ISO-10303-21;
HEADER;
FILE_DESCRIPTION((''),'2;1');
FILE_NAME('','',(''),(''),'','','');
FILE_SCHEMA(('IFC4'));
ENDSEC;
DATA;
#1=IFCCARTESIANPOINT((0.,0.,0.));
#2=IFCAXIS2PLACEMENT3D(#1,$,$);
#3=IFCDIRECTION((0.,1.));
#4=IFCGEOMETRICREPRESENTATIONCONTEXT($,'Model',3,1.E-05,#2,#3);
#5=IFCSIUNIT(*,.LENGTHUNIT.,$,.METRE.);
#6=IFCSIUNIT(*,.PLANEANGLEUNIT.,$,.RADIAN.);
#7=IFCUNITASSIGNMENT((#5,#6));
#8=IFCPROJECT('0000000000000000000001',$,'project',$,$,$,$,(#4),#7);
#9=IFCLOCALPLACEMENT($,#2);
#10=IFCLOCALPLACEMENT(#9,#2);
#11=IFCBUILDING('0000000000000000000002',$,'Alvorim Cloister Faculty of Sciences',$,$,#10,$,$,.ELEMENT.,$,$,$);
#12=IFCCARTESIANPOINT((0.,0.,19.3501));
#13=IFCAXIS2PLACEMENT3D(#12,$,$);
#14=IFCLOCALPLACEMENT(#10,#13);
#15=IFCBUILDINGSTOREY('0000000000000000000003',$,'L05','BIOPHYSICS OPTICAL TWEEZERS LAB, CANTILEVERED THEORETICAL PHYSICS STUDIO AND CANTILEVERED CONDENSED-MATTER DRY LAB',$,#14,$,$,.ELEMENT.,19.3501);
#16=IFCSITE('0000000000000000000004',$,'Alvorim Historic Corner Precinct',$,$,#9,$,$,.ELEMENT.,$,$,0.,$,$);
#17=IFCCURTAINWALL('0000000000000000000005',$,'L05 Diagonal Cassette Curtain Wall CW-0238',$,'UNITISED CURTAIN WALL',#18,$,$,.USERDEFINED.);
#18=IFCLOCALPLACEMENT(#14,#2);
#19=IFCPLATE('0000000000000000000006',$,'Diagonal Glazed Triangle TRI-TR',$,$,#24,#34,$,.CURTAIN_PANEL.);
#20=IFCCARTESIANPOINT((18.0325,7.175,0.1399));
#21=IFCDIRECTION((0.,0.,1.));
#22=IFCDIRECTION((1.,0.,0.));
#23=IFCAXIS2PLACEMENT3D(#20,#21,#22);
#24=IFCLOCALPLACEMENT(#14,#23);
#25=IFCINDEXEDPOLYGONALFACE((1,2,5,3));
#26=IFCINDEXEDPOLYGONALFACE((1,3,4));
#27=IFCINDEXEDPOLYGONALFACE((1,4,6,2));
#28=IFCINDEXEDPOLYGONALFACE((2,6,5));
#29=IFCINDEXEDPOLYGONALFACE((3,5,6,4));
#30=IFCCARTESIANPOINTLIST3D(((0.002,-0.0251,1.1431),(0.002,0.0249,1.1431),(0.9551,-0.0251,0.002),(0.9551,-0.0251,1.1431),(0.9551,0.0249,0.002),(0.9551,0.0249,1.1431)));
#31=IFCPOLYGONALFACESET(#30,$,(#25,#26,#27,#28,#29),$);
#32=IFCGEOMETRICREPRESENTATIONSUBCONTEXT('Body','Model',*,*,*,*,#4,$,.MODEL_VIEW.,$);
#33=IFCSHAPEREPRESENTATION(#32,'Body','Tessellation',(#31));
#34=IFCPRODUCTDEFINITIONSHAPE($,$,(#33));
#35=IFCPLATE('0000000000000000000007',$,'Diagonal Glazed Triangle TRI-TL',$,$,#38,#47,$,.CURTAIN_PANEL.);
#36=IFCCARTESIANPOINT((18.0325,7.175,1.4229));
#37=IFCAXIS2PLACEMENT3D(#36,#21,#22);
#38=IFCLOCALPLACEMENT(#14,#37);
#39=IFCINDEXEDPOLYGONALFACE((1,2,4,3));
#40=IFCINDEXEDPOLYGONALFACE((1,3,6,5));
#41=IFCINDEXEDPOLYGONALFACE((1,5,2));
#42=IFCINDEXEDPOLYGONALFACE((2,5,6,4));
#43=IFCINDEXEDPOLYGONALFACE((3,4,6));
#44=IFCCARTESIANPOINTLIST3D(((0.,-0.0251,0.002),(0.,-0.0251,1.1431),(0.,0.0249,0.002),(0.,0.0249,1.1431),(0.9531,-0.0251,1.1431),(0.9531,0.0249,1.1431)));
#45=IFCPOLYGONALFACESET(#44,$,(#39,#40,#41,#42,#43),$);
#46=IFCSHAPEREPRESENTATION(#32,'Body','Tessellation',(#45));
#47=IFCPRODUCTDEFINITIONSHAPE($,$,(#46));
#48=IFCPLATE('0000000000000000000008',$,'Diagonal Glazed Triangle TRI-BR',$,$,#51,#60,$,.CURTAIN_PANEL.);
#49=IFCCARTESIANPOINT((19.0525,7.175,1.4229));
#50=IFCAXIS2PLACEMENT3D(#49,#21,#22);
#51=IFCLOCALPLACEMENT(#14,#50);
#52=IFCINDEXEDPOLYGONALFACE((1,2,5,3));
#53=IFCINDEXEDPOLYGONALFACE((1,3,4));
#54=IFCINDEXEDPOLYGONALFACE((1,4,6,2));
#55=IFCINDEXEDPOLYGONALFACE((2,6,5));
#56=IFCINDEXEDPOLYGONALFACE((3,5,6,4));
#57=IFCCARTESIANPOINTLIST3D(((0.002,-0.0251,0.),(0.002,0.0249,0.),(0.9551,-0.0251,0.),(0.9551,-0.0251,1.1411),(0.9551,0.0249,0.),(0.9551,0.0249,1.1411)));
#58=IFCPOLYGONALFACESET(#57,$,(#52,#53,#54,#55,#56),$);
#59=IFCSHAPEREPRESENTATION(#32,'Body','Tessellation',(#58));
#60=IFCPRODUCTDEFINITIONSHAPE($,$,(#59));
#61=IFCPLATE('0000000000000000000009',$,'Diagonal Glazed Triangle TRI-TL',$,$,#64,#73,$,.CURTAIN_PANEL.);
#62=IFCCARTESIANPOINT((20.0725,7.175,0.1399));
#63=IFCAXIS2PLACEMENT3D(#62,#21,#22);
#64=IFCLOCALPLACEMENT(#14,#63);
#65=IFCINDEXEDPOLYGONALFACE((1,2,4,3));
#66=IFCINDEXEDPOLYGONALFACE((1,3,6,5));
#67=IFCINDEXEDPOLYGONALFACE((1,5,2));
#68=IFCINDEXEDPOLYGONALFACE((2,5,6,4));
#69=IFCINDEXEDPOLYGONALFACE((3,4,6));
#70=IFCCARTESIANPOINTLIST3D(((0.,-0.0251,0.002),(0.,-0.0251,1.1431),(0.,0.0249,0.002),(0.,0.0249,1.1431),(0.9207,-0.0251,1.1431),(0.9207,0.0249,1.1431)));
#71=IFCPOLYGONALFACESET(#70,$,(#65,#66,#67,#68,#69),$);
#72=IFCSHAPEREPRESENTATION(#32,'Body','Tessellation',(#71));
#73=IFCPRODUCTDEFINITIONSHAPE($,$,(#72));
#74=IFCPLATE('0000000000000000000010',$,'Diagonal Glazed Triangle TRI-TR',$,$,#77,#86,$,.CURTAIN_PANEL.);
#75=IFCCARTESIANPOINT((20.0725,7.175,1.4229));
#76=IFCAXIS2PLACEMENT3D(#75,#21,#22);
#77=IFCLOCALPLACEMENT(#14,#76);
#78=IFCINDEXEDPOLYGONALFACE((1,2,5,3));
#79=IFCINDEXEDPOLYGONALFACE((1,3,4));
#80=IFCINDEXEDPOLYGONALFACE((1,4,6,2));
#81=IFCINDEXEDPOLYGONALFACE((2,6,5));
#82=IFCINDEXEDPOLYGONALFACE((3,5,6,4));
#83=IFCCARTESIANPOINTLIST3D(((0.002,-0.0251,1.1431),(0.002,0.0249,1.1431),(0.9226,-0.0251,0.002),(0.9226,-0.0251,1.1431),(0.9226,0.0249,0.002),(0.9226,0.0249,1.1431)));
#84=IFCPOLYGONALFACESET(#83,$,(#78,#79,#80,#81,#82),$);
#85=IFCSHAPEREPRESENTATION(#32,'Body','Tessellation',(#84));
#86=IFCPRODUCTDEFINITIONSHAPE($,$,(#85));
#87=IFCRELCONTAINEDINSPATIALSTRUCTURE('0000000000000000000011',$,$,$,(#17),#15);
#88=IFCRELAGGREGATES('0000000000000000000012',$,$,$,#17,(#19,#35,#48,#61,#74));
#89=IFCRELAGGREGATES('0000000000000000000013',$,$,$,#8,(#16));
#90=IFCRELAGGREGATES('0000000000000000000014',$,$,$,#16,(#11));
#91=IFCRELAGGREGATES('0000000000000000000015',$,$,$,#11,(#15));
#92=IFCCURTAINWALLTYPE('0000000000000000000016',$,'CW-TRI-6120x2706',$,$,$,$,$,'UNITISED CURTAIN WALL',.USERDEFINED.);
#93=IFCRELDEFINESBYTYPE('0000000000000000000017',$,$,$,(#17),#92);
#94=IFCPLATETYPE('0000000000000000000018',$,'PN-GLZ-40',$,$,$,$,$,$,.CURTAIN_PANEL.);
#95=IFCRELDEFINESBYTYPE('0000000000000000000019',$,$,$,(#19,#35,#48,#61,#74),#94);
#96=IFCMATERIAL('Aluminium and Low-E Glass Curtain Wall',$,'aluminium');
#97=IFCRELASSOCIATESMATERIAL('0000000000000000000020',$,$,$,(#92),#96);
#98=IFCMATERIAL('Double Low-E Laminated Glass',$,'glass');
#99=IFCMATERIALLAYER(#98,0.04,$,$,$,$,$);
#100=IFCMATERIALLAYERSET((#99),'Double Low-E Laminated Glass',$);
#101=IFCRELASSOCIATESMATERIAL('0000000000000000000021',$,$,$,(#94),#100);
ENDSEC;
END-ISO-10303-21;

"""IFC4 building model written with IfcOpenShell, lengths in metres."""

from ifc_helpers import new_model, si_unit, direction, frame, origin, place, context, subcontext, project, spatial, polyline, outline, extrude, material, layer, layer_set, type_object, element, aggregate, save


model = new_model("IFC4")

# Units and contexts
model_context = context("Model", 3, precision=1e-05, world=origin(), true_north=direction((0.0, 1.0)))
body_context = subcontext(model_context, "Body", "Model", "MODEL_VIEW")
ifc_project = project(units=[si_unit("LENGTHUNIT", "METRE"), si_unit("PLANEANGLEUNIT", "RADIAN")], contexts=[model_context])

# Site, building, storey
site_placement = place(None, origin())
site = spatial("IfcSite", under=ifc_project, at=site_placement, Name="Alvorim Historic Corner Precinct", CompositionType="ELEMENT", RefElevation=0.0)
building_placement = place(site_placement, origin())
building = spatial("IfcBuilding", under=site, at=building_placement, Name="Alvorim Cloister Faculty of Sciences", CompositionType="ELEMENT")
storey_placement = place(building_placement, frame((0.0, 0.0, 19.3501)))
storey = spatial("IfcBuildingStorey", under=building, at=storey_placement, Name="L05", Description="BIOPHYSICS OPTICAL TWEEZERS LAB, CANTILEVERED THEORETICAL PHYSICS STUDIO AND CANTILEVERED CONDENSED-MATTER DRY LAB", CompositionType="ELEMENT", Elevation=19.3501)

# Curtain wall, plates
ifc_material_1 = material(Name="Aluminium and Low-E Glass Curtain Wall", Category="aluminium")
curtain_wall_type = type_object("IfcCurtainWallType", Name="CW-TRI-6120x2706", ElementType="UNITISED CURTAIN WALL", PredefinedType="USERDEFINED", material=ifc_material_1)
curtain_wall_placement = place(storey_placement, origin())
curtain_wall = element("IfcCurtainWall", 1, at=curtain_wall_placement, inside=storey, type_object=curtain_wall_type, Name="L05 Diagonal Cassette Curtain Wall CW-0238", ObjectType="UNITISED CURTAIN WALL", PredefinedType="USERDEFINED")
ifc_material_2 = material(Name="Double Low-E Laminated Glass", Category="glass")
ifc_layer = layer(ifc_material_2, 0.04)
ifc_layer_set = layer_set([ifc_layer], Name="Double Low-E Laminated Glass")
plate_type = type_object("IfcPlateType", Name="PN-GLZ-40", PredefinedType="CURTAIN_PANEL", material=ifc_layer_set)
plate_1_placement = place(storey_placement, frame((18.0325, 7.175, 0.1399), z_axis=(0.0, 0.0, 1.0), x_axis=(1.0, 0.0, 0.0)))
plate_1 = element("IfcPlate", 2, at=plate_1_placement, type_object=plate_type, Name="Diagonal Glazed Triangle TRI-TR", PredefinedType="CURTAIN_PANEL", context=body_context, shape_type="SweptSolid", body=[
    extrude(outline(polyline([(0.9551, 0.002), (0.9551, 1.1431), (0.002, 1.1431), (0.9551, 0.002)])), frame((0.0, 0.0249, 0.0), z_axis=(0.0, -1.0, 0.0), x_axis=(1.0, 0.0, 0.0)), (0.0, 0.0, 1.0), 0.05),
])
plate_2_placement = place(storey_placement, frame((18.0325, 7.175, 1.4229), z_axis=(0.0, 0.0, 1.0), x_axis=(1.0, 0.0, 0.0)))
plate_2 = element("IfcPlate", 3, at=plate_2_placement, type_object=plate_type, Name="Diagonal Glazed Triangle TRI-TL", PredefinedType="CURTAIN_PANEL", context=body_context, shape_type="SweptSolid", body=[
    extrude(outline(polyline([(0.9531, 1.1431), (0.0, 1.1431), (0.0, 0.002), (0.9531, 1.1431)])), frame((0.0, 0.0249, 0.0), z_axis=(0.0, -1.0, 0.0), x_axis=(1.0, 0.0, 0.0)), (0.0, 0.0, 1.0), 0.05),
])
plate_3_placement = place(storey_placement, frame((19.0525, 7.175, 1.4229), z_axis=(0.0, 0.0, 1.0), x_axis=(1.0, 0.0, 0.0)))
plate_3 = element("IfcPlate", 4, at=plate_3_placement, type_object=plate_type, Name="Diagonal Glazed Triangle TRI-BR", PredefinedType="CURTAIN_PANEL", context=body_context, shape_type="SweptSolid", body=[
    extrude(outline(polyline([(0.002, 0.0), (0.9551, 0.0), (0.9551, 1.1411), (0.002, 0.0)])), frame((0.0, 0.0249, 0.0), z_axis=(0.0, -1.0, 0.0), x_axis=(1.0, 0.0, 0.0)), (0.0, 0.0, 1.0), 0.05),
])
plate_4_placement = place(storey_placement, frame((20.0725, 7.175, 0.1399), z_axis=(0.0, 0.0, 1.0), x_axis=(1.0, 0.0, 0.0)))
plate_4 = element("IfcPlate", 5, at=plate_4_placement, type_object=plate_type, Name="Diagonal Glazed Triangle TRI-TL", PredefinedType="CURTAIN_PANEL", context=body_context, shape_type="SweptSolid", body=[
    extrude(outline(polyline([(0.9207, 1.1431), (0.0, 1.1431), (0.0, 0.002), (0.9207, 1.1431)])), frame((0.0, 0.0249, 0.0), z_axis=(0.0, -1.0, 0.0), x_axis=(1.0, 0.0, 0.0)), (0.0, 0.0, 1.0), 0.05),
])
plate_5_placement = place(storey_placement, frame((20.0725, 7.175, 1.4229), z_axis=(0.0, 0.0, 1.0), x_axis=(1.0, 0.0, 0.0)))
plate_5 = element("IfcPlate", 6, at=plate_5_placement, type_object=plate_type, Name="Diagonal Glazed Triangle TRI-TR", PredefinedType="CURTAIN_PANEL", context=body_context, shape_type="SweptSolid", body=[
    extrude(outline(polyline([(0.9226, 0.002), (0.9226, 1.1431), (0.002, 1.1431), (0.9226, 0.002)])), frame((0.0, 0.0249, 0.0), z_axis=(0.0, -1.0, 0.0), x_axis=(1.0, 0.0, 0.0)), (0.0, 0.0, 1.0), 0.05),
])
aggregate(curtain_wall, [plate_1, plate_2, plate_3, plate_4, plate_5])

save(model, "model.ifc")
